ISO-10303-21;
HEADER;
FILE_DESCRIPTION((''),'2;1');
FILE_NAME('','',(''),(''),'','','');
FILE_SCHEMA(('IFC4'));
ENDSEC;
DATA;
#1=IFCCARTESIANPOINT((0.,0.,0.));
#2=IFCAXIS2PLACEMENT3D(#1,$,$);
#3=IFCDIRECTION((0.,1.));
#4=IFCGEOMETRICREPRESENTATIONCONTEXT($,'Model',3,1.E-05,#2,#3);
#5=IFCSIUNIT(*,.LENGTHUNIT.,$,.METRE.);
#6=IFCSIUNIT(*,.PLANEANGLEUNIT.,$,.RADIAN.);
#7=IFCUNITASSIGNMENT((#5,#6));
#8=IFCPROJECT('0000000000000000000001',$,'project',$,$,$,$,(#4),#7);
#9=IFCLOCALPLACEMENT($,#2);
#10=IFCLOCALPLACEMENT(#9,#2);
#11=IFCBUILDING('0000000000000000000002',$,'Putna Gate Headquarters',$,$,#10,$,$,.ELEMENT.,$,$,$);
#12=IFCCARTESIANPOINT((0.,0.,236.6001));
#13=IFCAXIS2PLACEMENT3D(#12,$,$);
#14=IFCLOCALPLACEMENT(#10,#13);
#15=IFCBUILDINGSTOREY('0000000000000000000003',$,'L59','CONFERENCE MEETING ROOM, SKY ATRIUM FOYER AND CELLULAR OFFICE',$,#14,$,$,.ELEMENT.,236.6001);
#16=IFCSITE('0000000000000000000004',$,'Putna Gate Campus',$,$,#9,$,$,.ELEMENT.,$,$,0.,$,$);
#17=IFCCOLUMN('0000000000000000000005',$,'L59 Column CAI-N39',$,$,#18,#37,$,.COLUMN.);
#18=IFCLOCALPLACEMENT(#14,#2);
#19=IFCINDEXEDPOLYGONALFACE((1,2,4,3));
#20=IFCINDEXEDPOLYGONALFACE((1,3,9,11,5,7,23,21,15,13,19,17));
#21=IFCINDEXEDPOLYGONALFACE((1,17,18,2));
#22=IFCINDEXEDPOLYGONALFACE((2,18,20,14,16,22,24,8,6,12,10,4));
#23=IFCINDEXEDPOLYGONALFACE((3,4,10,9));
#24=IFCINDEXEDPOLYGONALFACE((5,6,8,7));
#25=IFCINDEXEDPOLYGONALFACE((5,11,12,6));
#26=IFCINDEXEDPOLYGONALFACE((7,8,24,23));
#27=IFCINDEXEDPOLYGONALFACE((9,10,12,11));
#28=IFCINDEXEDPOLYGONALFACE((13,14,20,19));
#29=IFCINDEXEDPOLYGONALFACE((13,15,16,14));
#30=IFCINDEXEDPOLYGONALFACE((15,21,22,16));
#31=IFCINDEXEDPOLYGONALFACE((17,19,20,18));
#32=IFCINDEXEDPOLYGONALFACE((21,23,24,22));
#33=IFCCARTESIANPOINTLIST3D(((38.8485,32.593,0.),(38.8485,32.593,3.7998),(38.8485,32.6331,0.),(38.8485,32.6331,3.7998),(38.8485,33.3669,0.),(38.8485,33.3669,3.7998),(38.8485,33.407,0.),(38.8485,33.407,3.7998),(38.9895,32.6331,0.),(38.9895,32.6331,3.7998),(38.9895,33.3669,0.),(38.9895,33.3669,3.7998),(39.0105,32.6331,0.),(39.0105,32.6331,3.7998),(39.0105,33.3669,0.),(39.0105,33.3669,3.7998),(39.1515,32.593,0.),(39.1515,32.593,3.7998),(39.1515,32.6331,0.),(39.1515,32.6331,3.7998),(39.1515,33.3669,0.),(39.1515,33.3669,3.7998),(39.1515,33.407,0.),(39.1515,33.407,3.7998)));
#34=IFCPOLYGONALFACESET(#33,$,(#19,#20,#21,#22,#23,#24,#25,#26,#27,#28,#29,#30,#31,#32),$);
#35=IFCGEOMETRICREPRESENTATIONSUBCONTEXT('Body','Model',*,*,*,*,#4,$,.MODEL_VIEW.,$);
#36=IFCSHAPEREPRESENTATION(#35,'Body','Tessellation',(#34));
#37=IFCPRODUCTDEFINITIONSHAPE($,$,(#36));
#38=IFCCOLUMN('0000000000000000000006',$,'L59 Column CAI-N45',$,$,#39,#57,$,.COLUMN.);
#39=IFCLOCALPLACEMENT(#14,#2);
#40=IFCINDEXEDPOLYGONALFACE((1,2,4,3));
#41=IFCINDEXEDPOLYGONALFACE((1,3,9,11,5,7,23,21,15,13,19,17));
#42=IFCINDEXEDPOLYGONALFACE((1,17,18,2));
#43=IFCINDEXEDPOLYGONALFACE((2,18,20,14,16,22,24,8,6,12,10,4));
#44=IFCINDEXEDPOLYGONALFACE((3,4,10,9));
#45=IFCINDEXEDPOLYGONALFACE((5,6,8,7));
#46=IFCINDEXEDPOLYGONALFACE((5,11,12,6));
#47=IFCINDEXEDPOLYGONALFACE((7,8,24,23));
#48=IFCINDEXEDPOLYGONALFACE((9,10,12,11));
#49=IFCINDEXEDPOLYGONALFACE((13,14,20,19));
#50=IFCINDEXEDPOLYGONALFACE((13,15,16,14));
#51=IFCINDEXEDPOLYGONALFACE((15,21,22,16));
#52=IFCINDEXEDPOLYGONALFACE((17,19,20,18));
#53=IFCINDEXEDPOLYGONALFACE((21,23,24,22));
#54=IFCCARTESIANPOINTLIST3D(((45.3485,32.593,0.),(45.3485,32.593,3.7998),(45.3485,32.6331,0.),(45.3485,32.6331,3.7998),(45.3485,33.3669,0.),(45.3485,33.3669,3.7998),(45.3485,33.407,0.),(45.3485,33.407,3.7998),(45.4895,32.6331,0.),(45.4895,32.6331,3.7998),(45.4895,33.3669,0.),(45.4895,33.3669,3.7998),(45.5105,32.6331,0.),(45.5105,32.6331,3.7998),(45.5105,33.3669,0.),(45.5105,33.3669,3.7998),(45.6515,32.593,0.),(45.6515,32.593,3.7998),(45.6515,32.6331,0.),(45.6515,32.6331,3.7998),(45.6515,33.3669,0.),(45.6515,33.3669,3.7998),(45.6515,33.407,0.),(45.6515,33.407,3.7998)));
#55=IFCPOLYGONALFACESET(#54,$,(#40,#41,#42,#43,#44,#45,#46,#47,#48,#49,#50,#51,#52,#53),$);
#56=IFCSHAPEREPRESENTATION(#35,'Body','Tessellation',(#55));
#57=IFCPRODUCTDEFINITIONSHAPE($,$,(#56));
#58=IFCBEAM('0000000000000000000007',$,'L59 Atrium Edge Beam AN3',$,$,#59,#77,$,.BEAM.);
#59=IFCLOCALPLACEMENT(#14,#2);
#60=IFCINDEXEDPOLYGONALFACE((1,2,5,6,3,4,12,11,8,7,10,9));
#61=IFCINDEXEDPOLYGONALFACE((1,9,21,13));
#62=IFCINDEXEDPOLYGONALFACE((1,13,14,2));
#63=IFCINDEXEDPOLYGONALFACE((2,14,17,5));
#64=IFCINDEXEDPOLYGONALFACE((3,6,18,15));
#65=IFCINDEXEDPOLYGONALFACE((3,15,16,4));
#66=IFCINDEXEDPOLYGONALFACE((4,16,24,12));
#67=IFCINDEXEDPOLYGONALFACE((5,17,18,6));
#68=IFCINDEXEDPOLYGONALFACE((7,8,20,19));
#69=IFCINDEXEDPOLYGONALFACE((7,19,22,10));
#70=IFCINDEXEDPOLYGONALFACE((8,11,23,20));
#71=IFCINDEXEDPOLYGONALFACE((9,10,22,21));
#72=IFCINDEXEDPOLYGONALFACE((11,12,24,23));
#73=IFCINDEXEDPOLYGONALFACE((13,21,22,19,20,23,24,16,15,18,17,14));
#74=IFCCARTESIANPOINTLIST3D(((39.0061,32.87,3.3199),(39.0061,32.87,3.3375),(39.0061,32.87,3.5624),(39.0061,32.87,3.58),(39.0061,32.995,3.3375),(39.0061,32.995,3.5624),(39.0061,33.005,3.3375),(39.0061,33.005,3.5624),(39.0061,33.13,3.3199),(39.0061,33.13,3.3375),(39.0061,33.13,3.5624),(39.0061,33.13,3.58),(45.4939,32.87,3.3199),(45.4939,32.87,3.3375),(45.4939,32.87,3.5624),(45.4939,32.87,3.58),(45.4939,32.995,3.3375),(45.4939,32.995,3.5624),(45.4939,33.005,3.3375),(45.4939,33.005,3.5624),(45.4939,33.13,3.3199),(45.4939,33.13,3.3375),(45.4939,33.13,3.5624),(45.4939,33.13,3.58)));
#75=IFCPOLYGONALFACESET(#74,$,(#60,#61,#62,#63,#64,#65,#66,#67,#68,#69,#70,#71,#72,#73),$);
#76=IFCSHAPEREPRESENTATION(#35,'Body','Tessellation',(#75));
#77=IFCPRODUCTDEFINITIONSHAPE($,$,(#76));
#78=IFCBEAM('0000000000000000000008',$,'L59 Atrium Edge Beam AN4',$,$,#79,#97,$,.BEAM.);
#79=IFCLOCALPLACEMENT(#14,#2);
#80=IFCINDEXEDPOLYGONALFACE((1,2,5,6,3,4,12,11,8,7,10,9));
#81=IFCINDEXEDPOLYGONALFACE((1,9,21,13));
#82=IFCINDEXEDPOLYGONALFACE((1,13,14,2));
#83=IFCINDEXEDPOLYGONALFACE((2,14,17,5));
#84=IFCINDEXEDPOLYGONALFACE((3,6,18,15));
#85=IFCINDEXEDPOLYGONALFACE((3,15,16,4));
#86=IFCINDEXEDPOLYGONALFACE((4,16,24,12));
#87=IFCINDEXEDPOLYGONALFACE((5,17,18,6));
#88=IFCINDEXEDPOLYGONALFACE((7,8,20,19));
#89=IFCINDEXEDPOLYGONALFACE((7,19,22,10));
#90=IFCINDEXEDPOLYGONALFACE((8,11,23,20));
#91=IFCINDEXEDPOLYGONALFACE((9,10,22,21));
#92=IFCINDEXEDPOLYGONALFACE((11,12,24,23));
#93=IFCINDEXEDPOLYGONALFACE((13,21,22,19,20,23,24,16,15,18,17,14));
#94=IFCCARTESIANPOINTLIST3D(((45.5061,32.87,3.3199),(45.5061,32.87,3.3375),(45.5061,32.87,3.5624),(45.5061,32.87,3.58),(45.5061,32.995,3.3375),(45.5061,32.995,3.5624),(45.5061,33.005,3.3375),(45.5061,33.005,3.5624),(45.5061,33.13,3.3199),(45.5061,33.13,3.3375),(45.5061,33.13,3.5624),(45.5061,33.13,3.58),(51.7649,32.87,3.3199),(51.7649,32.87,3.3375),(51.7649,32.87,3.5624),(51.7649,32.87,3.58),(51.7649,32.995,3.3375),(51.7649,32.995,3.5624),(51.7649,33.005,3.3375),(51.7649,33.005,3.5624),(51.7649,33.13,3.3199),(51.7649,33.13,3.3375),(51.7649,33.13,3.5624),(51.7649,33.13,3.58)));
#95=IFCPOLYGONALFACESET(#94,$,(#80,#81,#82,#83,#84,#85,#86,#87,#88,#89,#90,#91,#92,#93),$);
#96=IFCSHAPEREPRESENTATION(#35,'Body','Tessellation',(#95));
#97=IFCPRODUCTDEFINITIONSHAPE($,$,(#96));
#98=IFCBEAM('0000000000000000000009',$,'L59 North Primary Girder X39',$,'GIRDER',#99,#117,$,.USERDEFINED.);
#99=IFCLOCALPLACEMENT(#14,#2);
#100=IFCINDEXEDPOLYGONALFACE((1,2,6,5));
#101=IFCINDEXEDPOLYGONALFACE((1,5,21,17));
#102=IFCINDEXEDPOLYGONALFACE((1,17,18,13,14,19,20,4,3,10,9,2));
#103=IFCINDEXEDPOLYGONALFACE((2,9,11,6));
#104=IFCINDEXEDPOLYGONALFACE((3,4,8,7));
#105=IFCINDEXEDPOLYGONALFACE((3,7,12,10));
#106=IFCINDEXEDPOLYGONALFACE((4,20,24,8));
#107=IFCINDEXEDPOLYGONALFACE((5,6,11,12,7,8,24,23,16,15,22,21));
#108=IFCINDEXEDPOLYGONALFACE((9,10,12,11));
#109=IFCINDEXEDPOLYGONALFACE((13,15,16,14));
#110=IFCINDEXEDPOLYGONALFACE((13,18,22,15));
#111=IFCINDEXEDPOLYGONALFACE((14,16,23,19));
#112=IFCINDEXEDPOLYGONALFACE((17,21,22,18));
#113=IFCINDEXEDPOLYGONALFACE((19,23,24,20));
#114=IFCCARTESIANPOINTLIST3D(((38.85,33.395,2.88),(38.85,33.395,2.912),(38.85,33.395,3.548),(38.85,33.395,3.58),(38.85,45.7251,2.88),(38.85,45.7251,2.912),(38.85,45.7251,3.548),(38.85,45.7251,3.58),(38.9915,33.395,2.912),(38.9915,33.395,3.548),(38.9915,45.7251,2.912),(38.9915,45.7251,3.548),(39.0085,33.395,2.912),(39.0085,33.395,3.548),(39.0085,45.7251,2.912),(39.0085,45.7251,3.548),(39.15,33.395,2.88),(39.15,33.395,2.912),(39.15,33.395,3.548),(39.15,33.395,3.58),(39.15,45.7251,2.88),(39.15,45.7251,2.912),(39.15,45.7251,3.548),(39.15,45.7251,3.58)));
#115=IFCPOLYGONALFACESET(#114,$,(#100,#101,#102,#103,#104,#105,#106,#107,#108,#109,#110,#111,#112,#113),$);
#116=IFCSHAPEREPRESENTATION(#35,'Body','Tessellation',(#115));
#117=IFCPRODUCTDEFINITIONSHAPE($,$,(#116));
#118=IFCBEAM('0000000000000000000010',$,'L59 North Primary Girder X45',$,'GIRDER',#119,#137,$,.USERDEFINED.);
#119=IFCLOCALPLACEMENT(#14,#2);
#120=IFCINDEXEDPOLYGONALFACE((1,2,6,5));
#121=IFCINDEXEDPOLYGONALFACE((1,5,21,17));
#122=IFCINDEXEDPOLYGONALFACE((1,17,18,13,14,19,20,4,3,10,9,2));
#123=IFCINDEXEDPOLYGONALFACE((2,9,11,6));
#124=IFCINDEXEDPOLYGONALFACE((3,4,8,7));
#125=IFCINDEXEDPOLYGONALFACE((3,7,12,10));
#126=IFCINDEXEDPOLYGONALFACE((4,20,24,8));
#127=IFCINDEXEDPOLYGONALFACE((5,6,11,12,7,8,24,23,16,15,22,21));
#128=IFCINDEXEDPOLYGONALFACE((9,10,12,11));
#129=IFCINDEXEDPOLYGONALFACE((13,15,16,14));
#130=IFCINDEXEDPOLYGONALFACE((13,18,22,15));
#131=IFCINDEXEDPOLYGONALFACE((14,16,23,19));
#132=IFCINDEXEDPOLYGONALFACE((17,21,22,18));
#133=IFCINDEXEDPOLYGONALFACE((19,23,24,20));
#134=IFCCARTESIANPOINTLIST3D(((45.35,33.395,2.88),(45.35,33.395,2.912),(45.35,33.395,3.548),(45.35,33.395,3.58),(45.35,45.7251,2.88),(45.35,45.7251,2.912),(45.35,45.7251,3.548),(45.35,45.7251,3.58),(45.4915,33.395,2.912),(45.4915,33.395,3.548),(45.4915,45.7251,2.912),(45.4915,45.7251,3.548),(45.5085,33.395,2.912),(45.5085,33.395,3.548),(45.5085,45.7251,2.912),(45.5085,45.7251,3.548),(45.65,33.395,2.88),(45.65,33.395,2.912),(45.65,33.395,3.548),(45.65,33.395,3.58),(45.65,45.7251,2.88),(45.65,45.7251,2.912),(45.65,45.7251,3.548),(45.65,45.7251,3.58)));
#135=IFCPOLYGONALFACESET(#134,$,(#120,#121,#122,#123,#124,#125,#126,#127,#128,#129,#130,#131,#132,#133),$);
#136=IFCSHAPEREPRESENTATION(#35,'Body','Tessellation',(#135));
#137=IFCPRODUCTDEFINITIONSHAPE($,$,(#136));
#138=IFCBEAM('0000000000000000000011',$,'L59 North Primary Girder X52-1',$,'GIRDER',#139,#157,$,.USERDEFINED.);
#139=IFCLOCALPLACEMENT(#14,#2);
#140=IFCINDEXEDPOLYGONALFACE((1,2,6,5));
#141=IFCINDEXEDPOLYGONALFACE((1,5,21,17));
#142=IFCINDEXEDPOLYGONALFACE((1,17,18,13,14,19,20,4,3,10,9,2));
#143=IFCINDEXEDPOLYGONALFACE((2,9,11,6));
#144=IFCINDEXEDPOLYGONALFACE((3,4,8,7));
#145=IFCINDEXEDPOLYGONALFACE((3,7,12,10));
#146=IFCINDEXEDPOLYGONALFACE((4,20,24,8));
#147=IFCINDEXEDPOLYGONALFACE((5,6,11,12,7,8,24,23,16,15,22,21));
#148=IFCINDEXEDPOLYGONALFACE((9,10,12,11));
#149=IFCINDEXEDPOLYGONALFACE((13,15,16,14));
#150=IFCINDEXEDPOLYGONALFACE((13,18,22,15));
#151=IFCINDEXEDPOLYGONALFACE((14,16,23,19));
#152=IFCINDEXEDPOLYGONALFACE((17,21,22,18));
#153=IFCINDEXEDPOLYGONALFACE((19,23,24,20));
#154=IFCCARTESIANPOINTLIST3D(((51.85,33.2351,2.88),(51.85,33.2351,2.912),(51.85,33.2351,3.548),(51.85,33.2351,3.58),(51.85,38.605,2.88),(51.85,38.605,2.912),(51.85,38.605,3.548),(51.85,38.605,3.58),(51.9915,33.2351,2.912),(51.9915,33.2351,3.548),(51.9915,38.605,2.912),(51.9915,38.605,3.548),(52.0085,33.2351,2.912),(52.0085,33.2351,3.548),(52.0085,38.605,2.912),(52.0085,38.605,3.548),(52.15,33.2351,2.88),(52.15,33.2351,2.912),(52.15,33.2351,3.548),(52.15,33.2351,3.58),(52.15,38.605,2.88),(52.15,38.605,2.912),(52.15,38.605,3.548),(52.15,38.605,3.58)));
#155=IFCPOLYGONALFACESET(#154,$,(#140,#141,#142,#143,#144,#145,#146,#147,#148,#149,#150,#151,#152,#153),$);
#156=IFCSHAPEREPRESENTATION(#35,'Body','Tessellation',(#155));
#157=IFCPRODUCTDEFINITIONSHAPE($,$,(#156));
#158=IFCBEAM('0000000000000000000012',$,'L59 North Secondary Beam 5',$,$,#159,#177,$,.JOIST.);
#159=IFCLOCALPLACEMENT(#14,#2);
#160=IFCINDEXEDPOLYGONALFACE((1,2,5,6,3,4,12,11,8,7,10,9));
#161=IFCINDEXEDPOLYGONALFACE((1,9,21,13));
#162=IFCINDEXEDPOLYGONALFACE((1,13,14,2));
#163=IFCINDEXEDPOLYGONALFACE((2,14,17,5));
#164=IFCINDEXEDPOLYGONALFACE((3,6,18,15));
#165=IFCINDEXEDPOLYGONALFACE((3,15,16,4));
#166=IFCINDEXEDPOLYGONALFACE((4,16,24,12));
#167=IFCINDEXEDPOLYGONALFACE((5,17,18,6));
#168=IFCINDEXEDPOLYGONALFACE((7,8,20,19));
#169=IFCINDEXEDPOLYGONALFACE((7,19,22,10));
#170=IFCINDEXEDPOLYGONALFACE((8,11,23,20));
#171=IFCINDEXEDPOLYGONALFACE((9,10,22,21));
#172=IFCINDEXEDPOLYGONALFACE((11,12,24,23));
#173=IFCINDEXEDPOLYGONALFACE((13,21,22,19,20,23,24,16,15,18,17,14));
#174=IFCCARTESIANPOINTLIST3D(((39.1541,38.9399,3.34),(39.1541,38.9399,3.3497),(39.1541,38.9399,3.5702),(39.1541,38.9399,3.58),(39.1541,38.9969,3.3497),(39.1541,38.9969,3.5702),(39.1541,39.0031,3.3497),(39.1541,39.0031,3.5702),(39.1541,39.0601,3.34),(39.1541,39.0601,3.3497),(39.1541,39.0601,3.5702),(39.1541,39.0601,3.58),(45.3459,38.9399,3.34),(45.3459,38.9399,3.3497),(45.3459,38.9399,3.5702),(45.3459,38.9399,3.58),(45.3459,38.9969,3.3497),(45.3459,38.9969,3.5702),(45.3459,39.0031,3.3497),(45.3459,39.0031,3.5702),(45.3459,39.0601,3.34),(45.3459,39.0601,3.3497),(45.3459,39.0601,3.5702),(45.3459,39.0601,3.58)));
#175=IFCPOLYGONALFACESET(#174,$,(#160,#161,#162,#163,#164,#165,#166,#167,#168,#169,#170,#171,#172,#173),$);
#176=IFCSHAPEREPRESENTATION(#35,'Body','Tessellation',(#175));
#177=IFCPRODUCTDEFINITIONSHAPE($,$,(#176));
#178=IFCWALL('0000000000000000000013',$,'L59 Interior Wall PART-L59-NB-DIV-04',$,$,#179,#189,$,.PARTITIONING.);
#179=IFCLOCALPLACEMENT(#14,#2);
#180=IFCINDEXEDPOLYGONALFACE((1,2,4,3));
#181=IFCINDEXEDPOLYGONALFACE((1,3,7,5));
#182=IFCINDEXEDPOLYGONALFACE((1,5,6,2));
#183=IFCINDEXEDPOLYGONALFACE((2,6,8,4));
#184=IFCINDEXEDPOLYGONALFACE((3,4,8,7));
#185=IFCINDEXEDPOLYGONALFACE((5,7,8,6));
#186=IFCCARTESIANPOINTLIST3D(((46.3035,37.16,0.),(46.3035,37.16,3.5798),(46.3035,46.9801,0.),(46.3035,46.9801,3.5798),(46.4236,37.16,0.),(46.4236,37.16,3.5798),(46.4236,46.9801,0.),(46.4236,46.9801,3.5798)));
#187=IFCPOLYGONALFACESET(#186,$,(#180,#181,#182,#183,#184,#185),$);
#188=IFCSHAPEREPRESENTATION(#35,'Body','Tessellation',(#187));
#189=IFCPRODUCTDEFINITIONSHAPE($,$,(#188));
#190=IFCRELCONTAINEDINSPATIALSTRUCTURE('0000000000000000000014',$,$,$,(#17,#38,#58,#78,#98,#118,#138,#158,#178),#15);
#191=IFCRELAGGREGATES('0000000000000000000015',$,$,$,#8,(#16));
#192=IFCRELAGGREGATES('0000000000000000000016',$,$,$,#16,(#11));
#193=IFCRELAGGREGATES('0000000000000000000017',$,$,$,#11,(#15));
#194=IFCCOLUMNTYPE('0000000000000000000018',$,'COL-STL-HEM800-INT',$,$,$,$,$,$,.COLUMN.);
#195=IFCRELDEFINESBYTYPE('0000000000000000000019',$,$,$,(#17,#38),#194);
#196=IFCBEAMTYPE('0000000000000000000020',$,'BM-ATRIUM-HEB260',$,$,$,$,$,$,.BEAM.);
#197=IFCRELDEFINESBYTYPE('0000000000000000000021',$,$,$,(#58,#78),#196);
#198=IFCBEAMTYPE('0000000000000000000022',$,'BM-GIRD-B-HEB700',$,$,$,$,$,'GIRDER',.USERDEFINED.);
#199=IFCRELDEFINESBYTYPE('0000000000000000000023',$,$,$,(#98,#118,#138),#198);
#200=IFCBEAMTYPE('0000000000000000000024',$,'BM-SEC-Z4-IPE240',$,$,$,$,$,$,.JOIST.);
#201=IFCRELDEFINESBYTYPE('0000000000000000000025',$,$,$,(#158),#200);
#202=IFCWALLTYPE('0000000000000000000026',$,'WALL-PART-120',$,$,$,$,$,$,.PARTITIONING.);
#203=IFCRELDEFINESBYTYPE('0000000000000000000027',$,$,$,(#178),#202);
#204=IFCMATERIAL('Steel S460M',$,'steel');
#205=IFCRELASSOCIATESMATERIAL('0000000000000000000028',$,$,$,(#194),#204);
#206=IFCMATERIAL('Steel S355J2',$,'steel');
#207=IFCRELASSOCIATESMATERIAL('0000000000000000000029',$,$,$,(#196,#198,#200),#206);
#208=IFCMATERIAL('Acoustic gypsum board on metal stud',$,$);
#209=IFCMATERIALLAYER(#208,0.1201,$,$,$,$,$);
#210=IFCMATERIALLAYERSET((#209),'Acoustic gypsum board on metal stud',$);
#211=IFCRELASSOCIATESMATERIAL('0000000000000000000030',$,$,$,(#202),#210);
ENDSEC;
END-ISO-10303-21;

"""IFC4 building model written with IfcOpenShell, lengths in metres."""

from ifc_helpers import new_model, si_unit, direction, frame, frame_2d, origin, origin_2d, place, context, subcontext, project, spatial, rectangle, i_section, extrude, material, layer, layer_set, material_profile, profile_set, type_object, element, save


model = new_model("IFC4")

# Units and contexts
model_context = context("Model", 3, precision=1e-05, world=origin(), true_north=direction((0.0, 1.0)))
body_context = subcontext(model_context, "Body", "Model", "MODEL_VIEW")
ifc_project = project(units=[si_unit("LENGTHUNIT", "METRE"), si_unit("PLANEANGLEUNIT", "RADIAN")], contexts=[model_context])

# Site, building, storey
site_placement = place(None, origin())
site = spatial("IfcSite", under=ifc_project, at=site_placement, Name="Putna Gate Campus", CompositionType="ELEMENT", RefElevation=0.0)
building_placement = place(site_placement, origin())
building = spatial("IfcBuilding", under=site, at=building_placement, Name="Putna Gate Headquarters", CompositionType="ELEMENT")
storey_placement = place(building_placement, frame((0.0, 0.0, 236.6001)))
storey = spatial("IfcBuildingStorey", under=building, at=storey_placement, Name="L59", Description="CONFERENCE MEETING ROOM, SKY ATRIUM FOYER AND CELLULAR OFFICE", CompositionType="ELEMENT", Elevation=236.6001)

# Columns
ifc_material_1 = material(Name="Steel S460M", Category="steel")
ifc_material_profile_1 = material_profile(ifc_material_1, i_section(OverallWidth=0.303, OverallDepth=0.814, WebThickness=0.021, FlangeThickness=0.04, at=origin_2d()), Name="Steel S460M")
ifc_profile_set_1 = profile_set([ifc_material_profile_1], Name="Steel S460M")
column_type = type_object("IfcColumnType", Name="COL-STL-HEM800-INT", PredefinedType="COLUMN", material=ifc_profile_set_1)
for number, where, z_axis, x_axis, name in (
    (1, (39.0, 33.0, 0.0), (0.0, 0.0, 1.0), (1.0, 0.0, 0.0), "L59 Column CAI-N39"),
    (2, (45.5, 33.0, 0.0), (0.0, 0.0, 1.0), (1.0, 0.0, 0.0), "L59 Column CAI-N45"),
):
    element("IfcColumn", number, at=place(storey_placement, frame(where, z_axis=z_axis, x_axis=x_axis)), inside=storey, type_object=column_type, Name=name, PredefinedType="COLUMN", context=body_context, shape_type="SweptSolid", body=[
        extrude(i_section(OverallWidth=0.303, OverallDepth=0.814, WebThickness=0.021, FlangeThickness=0.04, at=origin_2d()), origin(), (0.0, 0.0, 1.0), 3.7998),
    ])

# Beams
ifc_material_2 = material(Name="Steel S355J2", Category="steel")
ifc_material_profile_2 = material_profile(ifc_material_2, i_section(OverallWidth=0.26, OverallDepth=0.26, WebThickness=0.01, FlangeThickness=0.0176, at=origin_2d()), Name="Steel S355J2")
ifc_profile_set_2 = profile_set([ifc_material_profile_2], Name="Steel S355J2")
beam_type_1 = type_object("IfcBeamType", Name="BM-ATRIUM-HEB260", PredefinedType="BEAM", material=ifc_profile_set_2)
beam_1_placement = place(storey_placement, frame((39.0061, 33.0, 3.45), z_axis=(1.0, 0.0, 0.0), x_axis=(0.0, 1.0, 0.0)))
element("IfcBeam", 3, at=beam_1_placement, inside=storey, type_object=beam_type_1, Name="L59 Atrium Edge Beam AN3", PredefinedType="BEAM", context=body_context, shape_type="SweptSolid", body=[
    extrude(i_section(OverallWidth=0.26, OverallDepth=0.26, WebThickness=0.01, FlangeThickness=0.0176, at=origin_2d()), origin(), (0.0, 0.0, 1.0), 6.4878),
])
beam_2_placement = place(storey_placement, frame((45.5061, 33.0, 3.45), z_axis=(1.0, 0.0, 0.0), x_axis=(0.0, 1.0, 0.0)))
element("IfcBeam", 4, at=beam_2_placement, inside=storey, type_object=beam_type_1, Name="L59 Atrium Edge Beam AN4", PredefinedType="BEAM", context=body_context, shape_type="SweptSolid", body=[
    extrude(i_section(OverallWidth=0.26, OverallDepth=0.26, WebThickness=0.01, FlangeThickness=0.0176, at=origin_2d()), origin(), (0.0, 0.0, 1.0), 6.2588),
])
ifc_material_profile_3 = material_profile(ifc_material_2, i_section(OverallWidth=0.3, OverallDepth=0.7, WebThickness=0.0171, FlangeThickness=0.032, at=origin_2d()), Name="Steel S355J2")
ifc_profile_set_3 = profile_set([ifc_material_profile_3], Name="Steel S355J2")
beam_type_2 = type_object("IfcBeamType", Name="BM-GIRD-B-HEB700", ElementType="GIRDER", PredefinedType="USERDEFINED", material=ifc_profile_set_3)
for number, where, z_axis, x_axis, name in (
    (5, (39.0, 33.395, 3.23), (0.0, 1.0, 0.0), (-1.0, 0.0, 0.0), "L59 North Primary Girder X39"),
    (6, (45.5, 33.395, 3.23), (0.0, 1.0, 0.0), (-1.0, 0.0, 0.0), "L59 North Primary Girder X45"),
):
    element("IfcBeam", number, at=place(storey_placement, frame(where, z_axis=z_axis, x_axis=x_axis)), inside=storey, type_object=beam_type_2, Name=name, ObjectType="GIRDER", PredefinedType="USERDEFINED", context=body_context, shape_type="SweptSolid", body=[
        extrude(i_section(OverallWidth=0.3, OverallDepth=0.7, WebThickness=0.0171, FlangeThickness=0.032, at=origin_2d()), origin(), (0.0, 0.0, 1.0), 12.3301),
    ])
beam_3_placement = place(storey_placement, frame((52.0, 33.2351, 3.23), z_axis=(0.0, 1.0, 0.0), x_axis=(-1.0, 0.0, 0.0)))
element("IfcBeam", 7, at=beam_3_placement, inside=storey, type_object=beam_type_2, Name="L59 North Primary Girder X52-1", ObjectType="GIRDER", PredefinedType="USERDEFINED", context=body_context, shape_type="SweptSolid", body=[
    extrude(i_section(OverallWidth=0.3, OverallDepth=0.7, WebThickness=0.0171, FlangeThickness=0.032, at=origin_2d()), origin(), (0.0, 0.0, 1.0), 5.3699),
])
ifc_material_profile_4 = material_profile(ifc_material_2, i_section(OverallWidth=0.1201, OverallDepth=0.24, WebThickness=0.0061, FlangeThickness=0.0098, at=origin_2d()), Name="Steel S355J2")
ifc_profile_set_4 = profile_set([ifc_material_profile_4], Name="Steel S355J2")
beam_type_3 = type_object("IfcBeamType", Name="BM-SEC-Z4-IPE240", PredefinedType="JOIST", material=ifc_profile_set_4)
beam_4_placement = place(storey_placement, frame((39.1541, 39.0, 3.46), z_axis=(1.0, 0.0, 0.0), x_axis=(0.0, 1.0, 0.0)))
element("IfcBeam", 8, at=beam_4_placement, inside=storey, type_object=beam_type_3, Name="L59 North Secondary Beam 5", PredefinedType="JOIST", context=body_context, shape_type="SweptSolid", body=[
    extrude(i_section(OverallWidth=0.1201, OverallDepth=0.24, WebThickness=0.0061, FlangeThickness=0.0098, at=origin_2d()), origin(), (0.0, 0.0, 1.0), 6.1919),
])

# Shared definitions
ifc_material_3 = material(Name="Acoustic gypsum board on metal stud")
ifc_layer_1 = layer(ifc_material_3, 0.1201)
ifc_layer_set_1 = layer_set([ifc_layer_1], Name="Acoustic gypsum board on metal stud")
wall_type_1 = type_object("IfcWallType", Name="WALL-PART-120", PredefinedType="PARTITIONING", material=ifc_layer_set_1)

# Wall
wall_1_placement = place(storey_placement, frame((46.3635, 37.1599, 0.0), z_axis=(0.0, 0.0, 1.0), x_axis=(0.0, 1.0, 0.0)))
element("IfcWall", 9, at=wall_1_placement, inside=storey, type_object=wall_type_1, Name="L59 Interior Wall PART-L59-NB-DIV-04", PredefinedType="PARTITIONING", context=body_context, shape_type="SweptSolid", body=[
    extrude(rectangle(XDim=9.8201, YDim=0.1201, at=frame_2d((4.9102, 0.0))), origin(), (0.0, 0.0, 1.0), 3.5798),
])

save(model, "model.ifc")
